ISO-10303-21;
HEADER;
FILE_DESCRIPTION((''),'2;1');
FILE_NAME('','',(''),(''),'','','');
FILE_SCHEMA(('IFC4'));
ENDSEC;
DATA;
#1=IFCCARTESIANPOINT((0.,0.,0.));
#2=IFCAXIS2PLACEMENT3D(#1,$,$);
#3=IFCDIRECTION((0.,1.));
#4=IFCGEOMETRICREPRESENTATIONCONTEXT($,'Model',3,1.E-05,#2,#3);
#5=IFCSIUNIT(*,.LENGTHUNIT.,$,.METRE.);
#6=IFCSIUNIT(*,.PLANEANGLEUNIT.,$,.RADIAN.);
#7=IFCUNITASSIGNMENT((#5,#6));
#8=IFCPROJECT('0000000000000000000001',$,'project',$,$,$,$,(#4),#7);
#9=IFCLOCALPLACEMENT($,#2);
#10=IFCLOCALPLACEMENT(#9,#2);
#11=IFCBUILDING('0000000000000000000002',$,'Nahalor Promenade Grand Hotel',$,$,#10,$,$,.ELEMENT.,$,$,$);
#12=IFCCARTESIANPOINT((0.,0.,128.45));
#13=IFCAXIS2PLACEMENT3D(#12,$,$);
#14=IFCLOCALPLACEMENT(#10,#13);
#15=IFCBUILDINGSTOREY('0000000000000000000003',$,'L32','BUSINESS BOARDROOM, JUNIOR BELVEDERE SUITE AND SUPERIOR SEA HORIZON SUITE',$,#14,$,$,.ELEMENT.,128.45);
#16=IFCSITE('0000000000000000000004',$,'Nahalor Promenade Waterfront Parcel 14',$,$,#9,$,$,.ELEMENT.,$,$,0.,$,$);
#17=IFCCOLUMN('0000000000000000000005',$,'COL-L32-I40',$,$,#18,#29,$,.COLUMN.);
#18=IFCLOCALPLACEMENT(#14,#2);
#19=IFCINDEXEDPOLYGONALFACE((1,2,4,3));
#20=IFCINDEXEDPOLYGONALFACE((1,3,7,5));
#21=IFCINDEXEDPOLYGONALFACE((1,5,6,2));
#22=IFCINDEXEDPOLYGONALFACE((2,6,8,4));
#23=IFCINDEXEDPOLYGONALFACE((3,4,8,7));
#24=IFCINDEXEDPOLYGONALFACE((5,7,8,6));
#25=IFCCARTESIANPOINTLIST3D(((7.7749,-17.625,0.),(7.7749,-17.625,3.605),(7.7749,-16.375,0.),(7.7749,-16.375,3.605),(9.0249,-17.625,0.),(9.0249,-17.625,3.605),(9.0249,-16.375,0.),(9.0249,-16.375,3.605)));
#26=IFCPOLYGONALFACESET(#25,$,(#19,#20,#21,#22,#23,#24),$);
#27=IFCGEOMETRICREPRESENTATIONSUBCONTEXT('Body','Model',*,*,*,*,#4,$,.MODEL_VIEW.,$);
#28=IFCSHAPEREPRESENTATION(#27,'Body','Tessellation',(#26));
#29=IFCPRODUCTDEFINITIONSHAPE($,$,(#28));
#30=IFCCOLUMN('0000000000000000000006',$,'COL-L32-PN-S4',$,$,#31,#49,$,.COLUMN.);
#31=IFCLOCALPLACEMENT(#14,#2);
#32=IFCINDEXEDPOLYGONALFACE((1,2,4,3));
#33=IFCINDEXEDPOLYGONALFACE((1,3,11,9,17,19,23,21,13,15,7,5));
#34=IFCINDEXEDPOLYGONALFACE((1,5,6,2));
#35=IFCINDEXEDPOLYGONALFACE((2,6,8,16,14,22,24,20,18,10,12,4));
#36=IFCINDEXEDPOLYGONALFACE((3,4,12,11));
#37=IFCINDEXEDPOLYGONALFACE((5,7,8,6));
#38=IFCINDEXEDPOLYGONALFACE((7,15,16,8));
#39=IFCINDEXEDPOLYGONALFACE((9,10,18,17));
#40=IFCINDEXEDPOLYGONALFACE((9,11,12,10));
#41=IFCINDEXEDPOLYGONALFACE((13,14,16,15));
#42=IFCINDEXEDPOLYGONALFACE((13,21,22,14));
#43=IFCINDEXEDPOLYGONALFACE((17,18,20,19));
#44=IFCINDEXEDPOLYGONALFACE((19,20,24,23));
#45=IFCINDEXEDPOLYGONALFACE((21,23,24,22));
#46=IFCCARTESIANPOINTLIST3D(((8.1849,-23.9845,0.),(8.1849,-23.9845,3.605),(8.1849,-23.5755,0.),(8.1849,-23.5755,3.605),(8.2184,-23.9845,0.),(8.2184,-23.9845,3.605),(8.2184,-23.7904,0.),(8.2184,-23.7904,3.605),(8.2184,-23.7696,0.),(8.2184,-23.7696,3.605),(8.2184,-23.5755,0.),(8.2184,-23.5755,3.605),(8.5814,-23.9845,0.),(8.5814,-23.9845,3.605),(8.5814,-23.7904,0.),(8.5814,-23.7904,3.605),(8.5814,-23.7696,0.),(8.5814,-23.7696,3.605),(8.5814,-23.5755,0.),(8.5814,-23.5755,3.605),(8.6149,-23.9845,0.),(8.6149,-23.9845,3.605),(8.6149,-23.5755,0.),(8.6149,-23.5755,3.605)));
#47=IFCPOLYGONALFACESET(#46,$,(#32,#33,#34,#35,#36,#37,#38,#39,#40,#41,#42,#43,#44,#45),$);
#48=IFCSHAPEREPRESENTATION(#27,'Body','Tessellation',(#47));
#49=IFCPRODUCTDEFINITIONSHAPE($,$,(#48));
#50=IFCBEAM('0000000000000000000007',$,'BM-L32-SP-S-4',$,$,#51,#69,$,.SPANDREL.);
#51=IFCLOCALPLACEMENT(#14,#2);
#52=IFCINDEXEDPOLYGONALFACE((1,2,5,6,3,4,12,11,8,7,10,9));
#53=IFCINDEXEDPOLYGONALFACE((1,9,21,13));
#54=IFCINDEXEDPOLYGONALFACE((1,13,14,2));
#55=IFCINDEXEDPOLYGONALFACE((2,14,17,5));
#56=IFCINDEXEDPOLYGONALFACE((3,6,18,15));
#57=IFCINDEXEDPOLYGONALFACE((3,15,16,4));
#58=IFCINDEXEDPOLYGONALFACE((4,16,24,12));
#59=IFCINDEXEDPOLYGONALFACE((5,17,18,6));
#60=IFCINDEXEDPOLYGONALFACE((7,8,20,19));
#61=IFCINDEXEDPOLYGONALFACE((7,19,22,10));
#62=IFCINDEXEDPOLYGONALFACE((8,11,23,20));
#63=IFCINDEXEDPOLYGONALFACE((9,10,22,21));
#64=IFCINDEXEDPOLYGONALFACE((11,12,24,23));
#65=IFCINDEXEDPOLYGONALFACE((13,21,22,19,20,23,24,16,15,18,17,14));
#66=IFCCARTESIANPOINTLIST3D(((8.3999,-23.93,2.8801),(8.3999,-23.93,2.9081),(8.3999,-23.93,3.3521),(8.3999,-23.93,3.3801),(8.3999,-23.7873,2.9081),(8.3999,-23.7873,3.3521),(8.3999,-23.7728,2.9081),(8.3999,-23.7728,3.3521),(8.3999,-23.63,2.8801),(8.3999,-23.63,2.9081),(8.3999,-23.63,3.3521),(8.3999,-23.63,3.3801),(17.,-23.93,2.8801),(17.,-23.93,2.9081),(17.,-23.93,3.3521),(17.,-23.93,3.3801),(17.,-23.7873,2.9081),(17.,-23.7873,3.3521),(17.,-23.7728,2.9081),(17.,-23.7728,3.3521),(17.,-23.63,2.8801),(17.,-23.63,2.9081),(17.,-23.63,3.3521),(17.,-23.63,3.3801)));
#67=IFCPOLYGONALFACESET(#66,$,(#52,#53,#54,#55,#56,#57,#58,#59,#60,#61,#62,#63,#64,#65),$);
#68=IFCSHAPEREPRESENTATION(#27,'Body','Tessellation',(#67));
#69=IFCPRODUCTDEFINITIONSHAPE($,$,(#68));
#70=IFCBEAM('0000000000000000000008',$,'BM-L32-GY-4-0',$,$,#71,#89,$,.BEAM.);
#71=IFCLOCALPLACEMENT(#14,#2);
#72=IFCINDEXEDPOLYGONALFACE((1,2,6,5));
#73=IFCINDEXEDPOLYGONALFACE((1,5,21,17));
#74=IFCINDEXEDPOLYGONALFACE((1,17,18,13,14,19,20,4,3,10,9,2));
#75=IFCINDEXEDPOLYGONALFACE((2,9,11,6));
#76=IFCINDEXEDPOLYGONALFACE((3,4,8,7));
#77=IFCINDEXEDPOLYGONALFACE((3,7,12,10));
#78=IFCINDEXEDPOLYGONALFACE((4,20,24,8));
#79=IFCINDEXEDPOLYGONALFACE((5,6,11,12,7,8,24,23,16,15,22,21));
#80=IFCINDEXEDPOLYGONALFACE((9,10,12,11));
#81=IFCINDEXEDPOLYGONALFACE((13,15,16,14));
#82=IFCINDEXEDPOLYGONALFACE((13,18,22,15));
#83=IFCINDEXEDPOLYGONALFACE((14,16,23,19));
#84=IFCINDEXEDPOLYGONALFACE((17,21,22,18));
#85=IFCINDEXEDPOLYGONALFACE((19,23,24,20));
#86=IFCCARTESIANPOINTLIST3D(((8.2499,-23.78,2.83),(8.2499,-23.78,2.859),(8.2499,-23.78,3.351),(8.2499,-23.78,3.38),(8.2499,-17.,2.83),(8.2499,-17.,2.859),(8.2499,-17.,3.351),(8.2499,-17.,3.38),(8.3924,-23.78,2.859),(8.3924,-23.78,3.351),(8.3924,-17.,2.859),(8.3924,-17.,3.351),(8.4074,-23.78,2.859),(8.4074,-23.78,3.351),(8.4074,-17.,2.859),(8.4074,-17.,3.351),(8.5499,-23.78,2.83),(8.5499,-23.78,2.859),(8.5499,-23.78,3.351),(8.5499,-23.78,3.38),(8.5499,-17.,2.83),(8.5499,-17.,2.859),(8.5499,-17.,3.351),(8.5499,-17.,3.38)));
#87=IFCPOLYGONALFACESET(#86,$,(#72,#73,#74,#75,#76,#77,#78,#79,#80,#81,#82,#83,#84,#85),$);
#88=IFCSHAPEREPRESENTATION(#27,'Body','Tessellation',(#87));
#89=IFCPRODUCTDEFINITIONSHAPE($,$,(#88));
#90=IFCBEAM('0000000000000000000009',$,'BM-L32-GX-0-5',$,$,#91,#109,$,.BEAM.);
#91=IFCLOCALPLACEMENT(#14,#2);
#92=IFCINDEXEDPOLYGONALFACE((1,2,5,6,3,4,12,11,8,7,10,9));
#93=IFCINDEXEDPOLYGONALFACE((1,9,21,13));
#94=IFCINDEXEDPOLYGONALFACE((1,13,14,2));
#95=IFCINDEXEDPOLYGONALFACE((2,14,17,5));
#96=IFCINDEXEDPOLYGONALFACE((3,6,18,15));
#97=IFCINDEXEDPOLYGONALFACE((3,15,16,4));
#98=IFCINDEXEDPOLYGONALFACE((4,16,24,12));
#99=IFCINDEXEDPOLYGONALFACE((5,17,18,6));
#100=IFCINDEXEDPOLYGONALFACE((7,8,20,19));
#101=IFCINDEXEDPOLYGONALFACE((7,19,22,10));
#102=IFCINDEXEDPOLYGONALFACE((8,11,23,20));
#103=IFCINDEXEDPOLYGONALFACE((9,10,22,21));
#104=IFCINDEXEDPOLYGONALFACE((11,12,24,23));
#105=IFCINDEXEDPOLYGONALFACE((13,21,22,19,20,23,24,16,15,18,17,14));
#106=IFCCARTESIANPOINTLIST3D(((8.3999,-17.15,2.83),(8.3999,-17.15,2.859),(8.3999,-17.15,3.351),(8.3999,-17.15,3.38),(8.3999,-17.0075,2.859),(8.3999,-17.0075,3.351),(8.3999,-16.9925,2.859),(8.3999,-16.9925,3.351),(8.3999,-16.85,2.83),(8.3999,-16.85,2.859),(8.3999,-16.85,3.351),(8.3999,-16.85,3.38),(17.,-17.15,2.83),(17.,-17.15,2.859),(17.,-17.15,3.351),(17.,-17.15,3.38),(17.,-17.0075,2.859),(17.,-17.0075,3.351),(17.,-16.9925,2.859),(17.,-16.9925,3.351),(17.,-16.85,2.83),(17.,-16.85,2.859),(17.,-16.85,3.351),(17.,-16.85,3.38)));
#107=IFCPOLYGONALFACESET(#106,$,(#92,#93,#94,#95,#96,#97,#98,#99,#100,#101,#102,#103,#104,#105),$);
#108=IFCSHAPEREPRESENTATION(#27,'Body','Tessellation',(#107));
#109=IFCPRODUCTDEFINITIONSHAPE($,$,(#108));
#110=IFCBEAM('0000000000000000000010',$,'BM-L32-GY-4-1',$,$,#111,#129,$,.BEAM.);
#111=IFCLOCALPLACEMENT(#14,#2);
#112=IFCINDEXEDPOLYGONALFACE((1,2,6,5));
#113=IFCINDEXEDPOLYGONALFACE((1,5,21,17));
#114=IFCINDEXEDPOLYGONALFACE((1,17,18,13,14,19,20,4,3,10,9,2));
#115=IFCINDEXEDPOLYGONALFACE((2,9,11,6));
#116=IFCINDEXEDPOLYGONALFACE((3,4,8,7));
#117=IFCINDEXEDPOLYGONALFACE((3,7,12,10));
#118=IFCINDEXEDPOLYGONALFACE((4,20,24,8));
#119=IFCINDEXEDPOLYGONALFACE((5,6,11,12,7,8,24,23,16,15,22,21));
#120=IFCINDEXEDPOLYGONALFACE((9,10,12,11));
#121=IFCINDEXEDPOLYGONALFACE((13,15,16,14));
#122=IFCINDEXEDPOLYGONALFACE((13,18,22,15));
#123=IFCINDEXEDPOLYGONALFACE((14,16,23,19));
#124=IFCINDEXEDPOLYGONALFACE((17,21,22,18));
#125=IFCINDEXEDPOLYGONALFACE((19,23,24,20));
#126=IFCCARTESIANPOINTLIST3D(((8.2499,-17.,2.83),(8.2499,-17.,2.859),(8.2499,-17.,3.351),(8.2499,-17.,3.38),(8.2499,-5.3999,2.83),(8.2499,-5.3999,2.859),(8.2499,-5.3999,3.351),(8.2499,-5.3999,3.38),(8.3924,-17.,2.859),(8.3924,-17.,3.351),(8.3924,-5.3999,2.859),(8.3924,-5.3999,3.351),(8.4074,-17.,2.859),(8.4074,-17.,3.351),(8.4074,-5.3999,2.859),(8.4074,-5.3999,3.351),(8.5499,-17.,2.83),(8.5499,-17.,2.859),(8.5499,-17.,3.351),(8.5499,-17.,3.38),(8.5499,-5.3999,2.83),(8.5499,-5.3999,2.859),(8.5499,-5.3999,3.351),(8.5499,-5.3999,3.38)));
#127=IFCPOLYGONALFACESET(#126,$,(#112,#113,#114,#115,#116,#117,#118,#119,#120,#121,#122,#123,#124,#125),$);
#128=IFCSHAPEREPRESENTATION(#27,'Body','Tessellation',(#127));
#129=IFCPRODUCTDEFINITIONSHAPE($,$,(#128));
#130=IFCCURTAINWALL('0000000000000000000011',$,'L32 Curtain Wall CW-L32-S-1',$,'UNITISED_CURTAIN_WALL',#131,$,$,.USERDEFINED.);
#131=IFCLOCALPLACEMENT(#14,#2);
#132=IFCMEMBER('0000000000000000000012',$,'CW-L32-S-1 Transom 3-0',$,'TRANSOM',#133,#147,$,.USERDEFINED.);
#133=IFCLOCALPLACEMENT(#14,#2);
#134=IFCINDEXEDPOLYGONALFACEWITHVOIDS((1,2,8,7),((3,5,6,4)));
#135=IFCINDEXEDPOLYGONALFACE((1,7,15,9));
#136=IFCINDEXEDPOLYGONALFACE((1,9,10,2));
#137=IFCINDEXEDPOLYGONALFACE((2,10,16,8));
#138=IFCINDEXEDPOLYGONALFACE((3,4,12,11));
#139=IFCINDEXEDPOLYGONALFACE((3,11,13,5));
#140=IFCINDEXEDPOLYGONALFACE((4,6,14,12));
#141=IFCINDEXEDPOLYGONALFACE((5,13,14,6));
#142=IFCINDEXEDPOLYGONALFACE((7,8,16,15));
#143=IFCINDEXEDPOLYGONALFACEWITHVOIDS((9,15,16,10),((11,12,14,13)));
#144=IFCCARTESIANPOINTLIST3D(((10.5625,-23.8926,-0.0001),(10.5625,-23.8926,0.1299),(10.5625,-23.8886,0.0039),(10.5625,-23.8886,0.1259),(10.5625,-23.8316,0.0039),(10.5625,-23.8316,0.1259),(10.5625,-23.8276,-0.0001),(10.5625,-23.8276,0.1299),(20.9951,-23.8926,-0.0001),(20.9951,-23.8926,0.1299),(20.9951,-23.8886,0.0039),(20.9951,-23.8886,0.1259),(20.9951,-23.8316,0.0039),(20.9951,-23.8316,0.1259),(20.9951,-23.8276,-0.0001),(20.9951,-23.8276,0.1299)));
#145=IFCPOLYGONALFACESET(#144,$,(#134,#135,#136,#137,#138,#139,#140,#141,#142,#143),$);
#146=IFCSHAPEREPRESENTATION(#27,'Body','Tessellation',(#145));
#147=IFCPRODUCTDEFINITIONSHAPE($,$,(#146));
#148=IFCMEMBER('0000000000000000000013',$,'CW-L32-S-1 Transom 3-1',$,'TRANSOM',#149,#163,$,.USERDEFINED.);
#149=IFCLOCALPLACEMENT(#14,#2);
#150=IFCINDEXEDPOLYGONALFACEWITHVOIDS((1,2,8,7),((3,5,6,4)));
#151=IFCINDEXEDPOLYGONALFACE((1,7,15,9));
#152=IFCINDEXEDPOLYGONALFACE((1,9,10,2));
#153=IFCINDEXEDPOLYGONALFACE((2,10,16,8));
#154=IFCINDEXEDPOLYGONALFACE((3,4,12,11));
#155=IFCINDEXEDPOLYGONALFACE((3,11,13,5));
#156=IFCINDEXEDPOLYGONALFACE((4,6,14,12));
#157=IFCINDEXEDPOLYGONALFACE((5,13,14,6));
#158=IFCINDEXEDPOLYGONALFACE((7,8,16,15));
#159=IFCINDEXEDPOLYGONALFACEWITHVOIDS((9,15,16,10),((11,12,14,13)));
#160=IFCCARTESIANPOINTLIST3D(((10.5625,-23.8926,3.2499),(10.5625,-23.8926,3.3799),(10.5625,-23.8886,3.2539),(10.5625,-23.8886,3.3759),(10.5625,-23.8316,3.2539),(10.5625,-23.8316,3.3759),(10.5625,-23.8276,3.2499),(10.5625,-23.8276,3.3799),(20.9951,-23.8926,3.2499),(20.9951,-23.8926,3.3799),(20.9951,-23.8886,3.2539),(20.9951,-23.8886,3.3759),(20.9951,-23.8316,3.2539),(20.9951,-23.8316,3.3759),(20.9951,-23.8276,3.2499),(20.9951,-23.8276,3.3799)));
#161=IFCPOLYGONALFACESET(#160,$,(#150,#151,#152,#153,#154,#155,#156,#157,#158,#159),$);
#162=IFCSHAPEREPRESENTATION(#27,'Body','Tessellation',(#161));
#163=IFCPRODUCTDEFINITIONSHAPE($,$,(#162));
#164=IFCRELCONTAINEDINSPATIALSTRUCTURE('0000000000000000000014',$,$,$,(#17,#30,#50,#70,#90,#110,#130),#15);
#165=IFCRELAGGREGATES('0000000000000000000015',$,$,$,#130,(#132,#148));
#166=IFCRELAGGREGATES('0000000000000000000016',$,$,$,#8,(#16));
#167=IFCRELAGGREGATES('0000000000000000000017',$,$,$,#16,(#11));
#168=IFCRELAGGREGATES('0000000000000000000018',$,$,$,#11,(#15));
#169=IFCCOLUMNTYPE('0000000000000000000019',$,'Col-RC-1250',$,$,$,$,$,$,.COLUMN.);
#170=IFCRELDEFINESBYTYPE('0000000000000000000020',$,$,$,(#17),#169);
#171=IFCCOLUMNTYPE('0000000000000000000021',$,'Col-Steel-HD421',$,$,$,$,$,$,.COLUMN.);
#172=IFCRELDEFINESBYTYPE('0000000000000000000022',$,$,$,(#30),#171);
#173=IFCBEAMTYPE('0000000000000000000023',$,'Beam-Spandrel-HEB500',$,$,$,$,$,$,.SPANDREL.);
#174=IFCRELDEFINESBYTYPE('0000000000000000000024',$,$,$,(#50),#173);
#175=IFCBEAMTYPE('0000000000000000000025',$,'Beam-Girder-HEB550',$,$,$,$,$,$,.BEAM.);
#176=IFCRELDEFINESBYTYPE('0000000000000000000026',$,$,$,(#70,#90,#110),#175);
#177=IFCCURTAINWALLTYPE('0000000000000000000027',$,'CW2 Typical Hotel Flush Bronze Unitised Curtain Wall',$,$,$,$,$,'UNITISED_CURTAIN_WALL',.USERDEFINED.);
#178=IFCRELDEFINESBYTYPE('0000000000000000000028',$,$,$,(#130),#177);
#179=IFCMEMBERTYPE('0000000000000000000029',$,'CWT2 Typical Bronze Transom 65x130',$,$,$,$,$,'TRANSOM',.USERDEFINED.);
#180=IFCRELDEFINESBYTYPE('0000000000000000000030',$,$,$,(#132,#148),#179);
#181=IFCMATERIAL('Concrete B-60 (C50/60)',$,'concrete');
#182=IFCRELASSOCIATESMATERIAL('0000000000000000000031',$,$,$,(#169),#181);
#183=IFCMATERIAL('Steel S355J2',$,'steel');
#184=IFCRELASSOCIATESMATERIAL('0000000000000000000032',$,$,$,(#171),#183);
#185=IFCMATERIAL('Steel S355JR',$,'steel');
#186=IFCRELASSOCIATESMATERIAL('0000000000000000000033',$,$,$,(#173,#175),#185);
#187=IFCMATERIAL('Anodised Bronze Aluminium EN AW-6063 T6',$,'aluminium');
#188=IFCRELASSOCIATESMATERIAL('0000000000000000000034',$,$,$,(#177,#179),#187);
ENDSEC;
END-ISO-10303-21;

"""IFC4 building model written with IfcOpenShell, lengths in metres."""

from ifc_helpers import new_model, si_unit, direction, frame, origin, origin_2d, place, context, subcontext, project, spatial, rectangle, hollow_rectangle, i_section, extrude, source, transform, mapped, material, material_profile, profile_set, type_object, element, aggregate, save


model = new_model("IFC4")

# Units and contexts
model_context = context("Model", 3, precision=1e-05, world=origin(), true_north=direction((0.0, 1.0)))
body_context = subcontext(model_context, "Body", "Model", "MODEL_VIEW")
ifc_project = project(units=[si_unit("LENGTHUNIT", "METRE"), si_unit("PLANEANGLEUNIT", "RADIAN")], contexts=[model_context])

# Site, building, storey
site_placement = place(None, origin())
site = spatial("IfcSite", under=ifc_project, at=site_placement, Name="Nahalor Promenade Waterfront Parcel 14", CompositionType="ELEMENT", RefElevation=0.0)
building_placement = place(site_placement, origin())
building = spatial("IfcBuilding", under=site, at=building_placement, Name="Nahalor Promenade Grand Hotel", CompositionType="ELEMENT")
storey_placement = place(building_placement, frame((0.0, 0.0, 128.45)))
storey = spatial("IfcBuildingStorey", under=building, at=storey_placement, Name="L32", Description="BUSINESS BOARDROOM, JUNIOR BELVEDERE SUITE AND SUPERIOR SEA HORIZON SUITE", CompositionType="ELEMENT", Elevation=128.45)

# Columns
ifc_material_1 = material(Name="Concrete B-60 (C50/60)", Category="concrete")
ifc_material_profile_1 = material_profile(ifc_material_1, rectangle(XDim=1.25, YDim=1.25, at=origin_2d()), Name="RC 1250x1250")
ifc_profile_set_1 = profile_set([ifc_material_profile_1], Name="Concrete B-60 (C50/60)")
column_type_1 = type_object("IfcColumnType", Name="Col-RC-1250", PredefinedType="COLUMN", material=ifc_profile_set_1)
shared_shape_1 = source(origin(), body_context, "Body", "SweptSolid", [
    extrude(rectangle(XDim=1.25, YDim=1.25, at=origin_2d()), origin(), (0.0, 0.0, 1.0), 3.605),
])
column_1_placement = place(storey_placement, frame((8.3999, -17.0, 0.0), z_axis=(0.0, 0.0, 1.0), x_axis=(1.0, 0.0, 0.0)))
element("IfcColumn", 1, at=column_1_placement, inside=storey, type_object=column_type_1, Name="COL-L32-I40", PredefinedType="COLUMN", context=body_context, shape_type="MappedRepresentation", body=[
    mapped(shared_shape_1, transform((0.0, 0.0, 0.0), scale=1.0)),
])
ifc_material_2 = material(Name="Steel S355J2", Category="steel")
ifc_material_profile_2 = material_profile(ifc_material_2, i_section(OverallWidth=0.409, OverallDepth=0.43, WebThickness=0.0208, FlangeThickness=0.0335, at=origin_2d()), Name="HD 400x421")
ifc_profile_set_2 = profile_set([ifc_material_profile_2], Name="Steel S355J2")
column_type_2 = type_object("IfcColumnType", Name="Col-Steel-HD421", PredefinedType="COLUMN", material=ifc_profile_set_2)
shared_shape_2 = source(origin(), body_context, "Body", "SweptSolid", [
    extrude(i_section(OverallWidth=0.409, OverallDepth=0.43, WebThickness=0.0208, FlangeThickness=0.0335, at=origin_2d()), origin(), (0.0, 0.0, 1.0), 3.605),
])
column_2_placement = place(storey_placement, frame((8.3999, -23.78, 0.0), z_axis=(0.0, 0.0, 1.0), x_axis=(0.0, 1.0, 0.0)))
element("IfcColumn", 2, at=column_2_placement, inside=storey, type_object=column_type_2, Name="COL-L32-PN-S4", PredefinedType="COLUMN", context=body_context, shape_type="MappedRepresentation", body=[
    mapped(shared_shape_2, transform((0.0, 0.0, 0.0), scale=1.0)),
])

# Beams
ifc_material_3 = material(Name="Steel S355JR", Category="steel")
ifc_material_profile_3 = material_profile(ifc_material_3, i_section(OverallWidth=0.3, OverallDepth=0.5, WebThickness=0.0145, FlangeThickness=0.028, at=origin_2d()), Name="HEB 500")
ifc_profile_set_3 = profile_set([ifc_material_profile_3], Name="Steel S355JR")
beam_type_1 = type_object("IfcBeamType", Name="Beam-Spandrel-HEB500", PredefinedType="SPANDREL", material=ifc_profile_set_3)
shared_shape_3 = source(origin(), body_context, "Body", "SweptSolid", [
    extrude(i_section(OverallWidth=0.3, OverallDepth=0.5, WebThickness=0.0145, FlangeThickness=0.028, at=origin_2d()), origin(), (0.0, 0.0, 1.0), 8.6001),
])
beam_1_placement = place(storey_placement, frame((8.3999, -23.78, 3.1301), z_axis=(1.0, 0.0, 0.0), x_axis=(0.0, 1.0, 0.0)))
element("IfcBeam", 3, at=beam_1_placement, inside=storey, type_object=beam_type_1, Name="BM-L32-SP-S-4", PredefinedType="SPANDREL", context=body_context, shape_type="MappedRepresentation", body=[
    mapped(shared_shape_3, transform((0.0, 0.0, 0.0), scale=1.0)),
])
ifc_material_profile_4 = material_profile(ifc_material_3, i_section(OverallWidth=0.3, OverallDepth=0.55, WebThickness=0.015, FlangeThickness=0.029, at=origin_2d()), Name="HEB 550")
ifc_profile_set_4 = profile_set([ifc_material_profile_4], Name="Steel S355JR")
beam_type_2 = type_object("IfcBeamType", Name="Beam-Girder-HEB550", PredefinedType="BEAM", material=ifc_profile_set_4)
shared_shape_4 = source(origin(), body_context, "Body", "SweptSolid", [
    extrude(i_section(OverallWidth=0.3, OverallDepth=0.55, WebThickness=0.015, FlangeThickness=0.029, at=origin_2d()), origin(), (0.0, 0.0, 1.0), 6.78),
])
beam_2_placement = place(storey_placement, frame((8.3999, -23.78, 3.105), z_axis=(0.0, 1.0, 0.0), x_axis=(-1.0, 0.0, 0.0)))
element("IfcBeam", 4, at=beam_2_placement, inside=storey, type_object=beam_type_2, Name="BM-L32-GY-4-0", PredefinedType="BEAM", context=body_context, shape_type="MappedRepresentation", body=[
    mapped(shared_shape_4, transform((0.0, 0.0, 0.0), scale=1.0)),
])
shared_shape_5 = source(origin(), body_context, "Body", "SweptSolid", [
    extrude(i_section(OverallWidth=0.3, OverallDepth=0.55, WebThickness=0.015, FlangeThickness=0.029, at=origin_2d()), origin(), (0.0, 0.0, 1.0), 8.6001),
])
beam_3_placement = place(storey_placement, frame((8.3999, -17.0, 3.105), z_axis=(1.0, 0.0, 0.0), x_axis=(0.0, 1.0, 0.0)))
element("IfcBeam", 5, at=beam_3_placement, inside=storey, type_object=beam_type_2, Name="BM-L32-GX-0-5", PredefinedType="BEAM", context=body_context, shape_type="MappedRepresentation", body=[
    mapped(shared_shape_5, transform((0.0, 0.0, 0.0), scale=1.0)),
])
shared_shape_6 = source(origin(), body_context, "Body", "SweptSolid", [
    extrude(i_section(OverallWidth=0.3, OverallDepth=0.55, WebThickness=0.015, FlangeThickness=0.029, at=origin_2d()), origin(), (0.0, 0.0, 1.0), 11.6001),
])
beam_4_placement = place(storey_placement, frame((8.3999, -17.0, 3.105), z_axis=(0.0, 1.0, 0.0), x_axis=(-1.0, 0.0, 0.0)))
element("IfcBeam", 6, at=beam_4_placement, inside=storey, type_object=beam_type_2, Name="BM-L32-GY-4-1", PredefinedType="BEAM", context=body_context, shape_type="MappedRepresentation", body=[
    mapped(shared_shape_6, transform((0.0, 0.0, 0.0), scale=1.0)),
])

# Curtain wall, members
ifc_material_4 = material(Name="Anodised Bronze Aluminium EN AW-6063 T6", Category="aluminium")
curtain_wall_type = type_object("IfcCurtainWallType", Name="CW2 Typical Hotel Flush Bronze Unitised Curtain Wall", ElementType="UNITISED_CURTAIN_WALL", PredefinedType="USERDEFINED", material=ifc_material_4)
curtain_wall_placement = place(storey_placement, origin())
curtain_wall = element("IfcCurtainWall", 7, at=curtain_wall_placement, inside=storey, type_object=curtain_wall_type, Name="L32 Curtain Wall CW-L32-S-1", ObjectType="UNITISED_CURTAIN_WALL", PredefinedType="USERDEFINED")
ifc_material_profile_5 = material_profile(ifc_material_4, hollow_rectangle(XDim=0.065, YDim=0.13, WallThickness=0.004, at=origin_2d()), Name="CWT 65x130x4")
ifc_profile_set_5 = profile_set([ifc_material_profile_5], Name="Anodised Bronze Aluminium EN AW-6063 T6")
member_type_1 = type_object("IfcMemberType", Name="CWT2 Typical Bronze Transom 65x130", ElementType="TRANSOM", PredefinedType="USERDEFINED", material=ifc_profile_set_5)
shared_shape_7 = source(origin(), body_context, "Body", "SweptSolid", [
    extrude(hollow_rectangle(XDim=0.065, YDim=0.13, WallThickness=0.004, at=origin_2d()), origin(), (0.0, 0.0, 1.0), 10.4326),
])
member_1_placement = place(storey_placement, frame((10.5625, -23.8601, 0.0649), z_axis=(1.0, 0.0, 0.0), x_axis=(0.0, 1.0, 0.0)))
member_1 = element("IfcMember", 8, at=member_1_placement, type_object=member_type_1, Name="CW-L32-S-1 Transom 3-0", ObjectType="TRANSOM", PredefinedType="USERDEFINED", context=body_context, shape_type="MappedRepresentation", body=[
    mapped(shared_shape_7, transform((0.0, 0.0, 0.0), scale=1.0)),
])
member_2_placement = place(storey_placement, frame((10.5625, -23.8601, 3.3149), z_axis=(1.0, 0.0, 0.0), x_axis=(0.0, 1.0, 0.0)))
member_2 = element("IfcMember", 9, at=member_2_placement, type_object=member_type_1, Name="CW-L32-S-1 Transom 3-1", ObjectType="TRANSOM", PredefinedType="USERDEFINED", context=body_context, shape_type="MappedRepresentation", body=[
    mapped(shared_shape_7, transform((0.0, 0.0, 0.0), scale=1.0)),
])
aggregate(curtain_wall, [member_1, member_2])

save(model, "model.ifc")
